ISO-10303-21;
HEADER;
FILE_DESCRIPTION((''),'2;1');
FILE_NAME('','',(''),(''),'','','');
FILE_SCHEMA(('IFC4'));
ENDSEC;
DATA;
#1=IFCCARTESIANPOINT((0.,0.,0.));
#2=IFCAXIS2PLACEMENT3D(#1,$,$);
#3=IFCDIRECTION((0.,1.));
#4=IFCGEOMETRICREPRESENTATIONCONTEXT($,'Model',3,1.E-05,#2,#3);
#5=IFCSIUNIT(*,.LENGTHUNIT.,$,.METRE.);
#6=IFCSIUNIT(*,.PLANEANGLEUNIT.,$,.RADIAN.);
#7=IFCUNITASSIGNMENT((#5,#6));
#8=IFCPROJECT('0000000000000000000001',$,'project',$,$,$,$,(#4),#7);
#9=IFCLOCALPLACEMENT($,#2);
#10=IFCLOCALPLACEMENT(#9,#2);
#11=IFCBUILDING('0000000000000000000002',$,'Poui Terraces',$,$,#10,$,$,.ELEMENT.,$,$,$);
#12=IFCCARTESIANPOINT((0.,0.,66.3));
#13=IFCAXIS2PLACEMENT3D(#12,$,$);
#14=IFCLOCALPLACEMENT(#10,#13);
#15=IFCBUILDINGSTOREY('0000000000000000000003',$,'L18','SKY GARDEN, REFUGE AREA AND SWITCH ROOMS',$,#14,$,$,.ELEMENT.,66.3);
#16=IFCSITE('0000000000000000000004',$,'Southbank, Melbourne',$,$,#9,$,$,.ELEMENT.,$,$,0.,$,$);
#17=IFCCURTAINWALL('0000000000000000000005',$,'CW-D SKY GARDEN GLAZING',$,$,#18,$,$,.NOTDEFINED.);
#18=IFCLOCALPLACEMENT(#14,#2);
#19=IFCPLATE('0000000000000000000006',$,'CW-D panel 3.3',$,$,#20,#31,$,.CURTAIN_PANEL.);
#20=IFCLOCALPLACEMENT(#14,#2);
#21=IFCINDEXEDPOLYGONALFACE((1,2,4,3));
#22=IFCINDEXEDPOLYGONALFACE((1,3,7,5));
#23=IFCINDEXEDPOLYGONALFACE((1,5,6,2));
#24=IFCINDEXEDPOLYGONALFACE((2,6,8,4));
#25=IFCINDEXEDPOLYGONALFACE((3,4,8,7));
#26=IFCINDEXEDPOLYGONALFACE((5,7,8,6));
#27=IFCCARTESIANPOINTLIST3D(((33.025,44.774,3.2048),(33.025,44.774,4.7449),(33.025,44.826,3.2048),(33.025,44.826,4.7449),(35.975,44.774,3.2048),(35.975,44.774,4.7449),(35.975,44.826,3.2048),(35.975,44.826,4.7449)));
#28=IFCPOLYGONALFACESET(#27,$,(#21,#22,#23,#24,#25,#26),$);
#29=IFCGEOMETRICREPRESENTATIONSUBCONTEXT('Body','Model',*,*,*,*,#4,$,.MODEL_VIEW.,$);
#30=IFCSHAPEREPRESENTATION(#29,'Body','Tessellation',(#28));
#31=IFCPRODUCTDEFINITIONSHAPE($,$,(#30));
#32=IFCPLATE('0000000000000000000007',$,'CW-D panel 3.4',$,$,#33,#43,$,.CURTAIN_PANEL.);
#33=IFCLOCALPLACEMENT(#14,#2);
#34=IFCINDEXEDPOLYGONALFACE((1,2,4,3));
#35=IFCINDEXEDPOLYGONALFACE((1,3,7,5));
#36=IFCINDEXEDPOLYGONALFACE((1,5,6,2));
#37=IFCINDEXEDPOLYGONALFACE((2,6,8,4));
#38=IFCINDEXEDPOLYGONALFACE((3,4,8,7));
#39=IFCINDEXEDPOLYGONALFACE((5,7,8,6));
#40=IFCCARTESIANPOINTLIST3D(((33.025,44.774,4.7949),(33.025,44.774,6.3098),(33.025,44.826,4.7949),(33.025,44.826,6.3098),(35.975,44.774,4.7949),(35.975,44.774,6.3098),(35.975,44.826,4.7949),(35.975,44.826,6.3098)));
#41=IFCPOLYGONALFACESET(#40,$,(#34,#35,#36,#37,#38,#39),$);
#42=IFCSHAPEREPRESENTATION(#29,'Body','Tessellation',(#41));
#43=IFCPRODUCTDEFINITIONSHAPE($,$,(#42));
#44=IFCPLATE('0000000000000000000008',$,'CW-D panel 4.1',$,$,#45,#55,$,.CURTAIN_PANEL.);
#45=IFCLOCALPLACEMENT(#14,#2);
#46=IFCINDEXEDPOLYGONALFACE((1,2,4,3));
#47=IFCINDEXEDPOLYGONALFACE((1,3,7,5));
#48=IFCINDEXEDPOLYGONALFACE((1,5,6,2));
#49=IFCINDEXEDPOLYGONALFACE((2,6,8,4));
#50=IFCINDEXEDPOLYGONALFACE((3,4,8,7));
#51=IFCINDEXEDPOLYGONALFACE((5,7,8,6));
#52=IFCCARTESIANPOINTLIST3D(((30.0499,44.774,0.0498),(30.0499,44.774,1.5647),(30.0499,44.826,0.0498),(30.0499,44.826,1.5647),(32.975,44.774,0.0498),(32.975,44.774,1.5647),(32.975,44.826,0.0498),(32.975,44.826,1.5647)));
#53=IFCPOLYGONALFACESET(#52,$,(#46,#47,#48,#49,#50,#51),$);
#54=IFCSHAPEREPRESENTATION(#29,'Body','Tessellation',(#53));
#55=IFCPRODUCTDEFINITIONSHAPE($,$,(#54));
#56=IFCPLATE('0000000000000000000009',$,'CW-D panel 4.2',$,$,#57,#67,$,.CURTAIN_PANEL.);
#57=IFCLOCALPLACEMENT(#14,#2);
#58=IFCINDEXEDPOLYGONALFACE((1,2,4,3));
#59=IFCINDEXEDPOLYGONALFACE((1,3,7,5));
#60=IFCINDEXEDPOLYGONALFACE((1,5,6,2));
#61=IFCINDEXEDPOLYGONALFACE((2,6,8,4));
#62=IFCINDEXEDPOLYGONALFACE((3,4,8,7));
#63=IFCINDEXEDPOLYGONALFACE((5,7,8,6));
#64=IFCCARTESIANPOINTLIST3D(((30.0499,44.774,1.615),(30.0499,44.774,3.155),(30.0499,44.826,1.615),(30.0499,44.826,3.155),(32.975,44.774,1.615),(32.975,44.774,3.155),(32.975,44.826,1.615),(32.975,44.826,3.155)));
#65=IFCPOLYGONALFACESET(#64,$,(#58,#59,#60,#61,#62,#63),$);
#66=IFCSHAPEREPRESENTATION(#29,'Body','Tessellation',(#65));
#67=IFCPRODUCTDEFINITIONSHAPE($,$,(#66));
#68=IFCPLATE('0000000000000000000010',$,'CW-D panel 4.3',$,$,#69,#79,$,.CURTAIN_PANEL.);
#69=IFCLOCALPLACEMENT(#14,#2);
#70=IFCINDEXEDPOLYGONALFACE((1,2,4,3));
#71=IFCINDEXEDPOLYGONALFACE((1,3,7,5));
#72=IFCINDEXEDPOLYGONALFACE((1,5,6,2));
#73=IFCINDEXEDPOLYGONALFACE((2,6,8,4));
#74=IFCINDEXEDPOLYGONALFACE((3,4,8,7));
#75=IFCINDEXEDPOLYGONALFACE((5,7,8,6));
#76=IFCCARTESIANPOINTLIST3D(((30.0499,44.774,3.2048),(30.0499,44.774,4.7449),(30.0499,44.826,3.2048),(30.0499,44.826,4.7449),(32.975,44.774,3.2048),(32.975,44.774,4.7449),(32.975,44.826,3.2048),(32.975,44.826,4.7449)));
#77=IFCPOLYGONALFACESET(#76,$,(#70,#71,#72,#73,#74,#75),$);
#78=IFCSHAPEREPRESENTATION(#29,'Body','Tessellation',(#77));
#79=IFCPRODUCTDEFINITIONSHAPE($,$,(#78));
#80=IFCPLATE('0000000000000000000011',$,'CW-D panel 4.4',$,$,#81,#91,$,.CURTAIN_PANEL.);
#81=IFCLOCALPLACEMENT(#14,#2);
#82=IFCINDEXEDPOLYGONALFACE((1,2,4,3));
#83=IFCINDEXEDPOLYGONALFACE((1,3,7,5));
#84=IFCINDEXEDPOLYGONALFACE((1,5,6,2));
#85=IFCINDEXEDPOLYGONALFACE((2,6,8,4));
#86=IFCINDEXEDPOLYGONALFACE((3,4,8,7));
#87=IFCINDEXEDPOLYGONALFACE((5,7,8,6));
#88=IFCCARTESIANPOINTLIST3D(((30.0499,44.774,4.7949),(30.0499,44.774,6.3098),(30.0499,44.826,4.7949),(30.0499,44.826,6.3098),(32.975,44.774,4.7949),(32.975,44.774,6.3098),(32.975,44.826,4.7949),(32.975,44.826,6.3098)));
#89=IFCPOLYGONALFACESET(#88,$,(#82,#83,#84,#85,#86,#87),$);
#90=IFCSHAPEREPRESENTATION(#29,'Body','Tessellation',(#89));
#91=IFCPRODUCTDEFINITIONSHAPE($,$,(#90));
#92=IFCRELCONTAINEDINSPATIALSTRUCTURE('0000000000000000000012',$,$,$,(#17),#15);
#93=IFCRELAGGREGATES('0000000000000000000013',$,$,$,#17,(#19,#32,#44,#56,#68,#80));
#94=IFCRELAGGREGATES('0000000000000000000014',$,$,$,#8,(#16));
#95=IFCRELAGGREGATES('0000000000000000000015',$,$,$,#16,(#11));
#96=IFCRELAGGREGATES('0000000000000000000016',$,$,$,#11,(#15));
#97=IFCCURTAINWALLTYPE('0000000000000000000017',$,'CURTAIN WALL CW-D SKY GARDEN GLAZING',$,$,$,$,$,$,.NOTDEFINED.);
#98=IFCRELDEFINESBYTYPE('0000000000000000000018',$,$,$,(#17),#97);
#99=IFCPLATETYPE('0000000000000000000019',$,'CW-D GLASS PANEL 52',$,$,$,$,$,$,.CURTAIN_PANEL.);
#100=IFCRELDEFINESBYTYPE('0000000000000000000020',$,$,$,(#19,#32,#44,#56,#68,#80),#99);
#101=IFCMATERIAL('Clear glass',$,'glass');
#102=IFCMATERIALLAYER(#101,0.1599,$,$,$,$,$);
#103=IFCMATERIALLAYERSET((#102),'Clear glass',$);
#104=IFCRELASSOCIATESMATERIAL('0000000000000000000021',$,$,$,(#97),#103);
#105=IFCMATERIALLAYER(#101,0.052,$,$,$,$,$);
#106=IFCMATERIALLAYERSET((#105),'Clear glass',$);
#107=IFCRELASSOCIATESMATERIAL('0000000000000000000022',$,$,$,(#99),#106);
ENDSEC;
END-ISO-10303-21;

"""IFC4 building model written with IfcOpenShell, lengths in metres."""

from ifc_helpers import new_model, si_unit, direction, frame, origin, origin_2d, place, context, subcontext, project, spatial, rectangle, extrude, material, layer, layer_set, type_object, element, aggregate, save


model = new_model("IFC4")

# Units and contexts
model_context = context("Model", 3, precision=1e-05, world=origin(), true_north=direction((0.0, 1.0)))
body_context = subcontext(model_context, "Body", "Model", "MODEL_VIEW")
ifc_project = project(units=[si_unit("LENGTHUNIT", "METRE"), si_unit("PLANEANGLEUNIT", "RADIAN")], contexts=[model_context])

# Site, building, storey
site_placement = place(None, origin())
site = spatial("IfcSite", under=ifc_project, at=site_placement, Name="Southbank, Melbourne", CompositionType="ELEMENT", RefElevation=0.0)
building_placement = place(site_placement, origin())
building = spatial("IfcBuilding", under=site, at=building_placement, Name="Poui Terraces", CompositionType="ELEMENT")
storey_placement = place(building_placement, frame((0.0, 0.0, 66.3)))
storey = spatial("IfcBuildingStorey", under=building, at=storey_placement, Name="L18", Description="SKY GARDEN, REFUGE AREA AND SWITCH ROOMS", CompositionType="ELEMENT", Elevation=66.3)

# Shared definitions
ifc_material_1 = material(Name="Clear glass", Category="glass")
ifc_layer_1 = layer(ifc_material_1, 0.1599)
ifc_layer_set_1 = layer_set([ifc_layer_1], Name="Clear glass")
curtain_wall_type = type_object("IfcCurtainWallType", Name="CURTAIN WALL CW-D SKY GARDEN GLAZING", PredefinedType="NOTDEFINED", material=ifc_layer_set_1)

# Curtain wall
curtain_wall_1_placement = place(storey_placement, origin())
curtain_wall_1 = element("IfcCurtainWall", 1, at=curtain_wall_1_placement, inside=storey, type_object=curtain_wall_type, Name="CW-D SKY GARDEN GLAZING", PredefinedType="NOTDEFINED")

# Plates
ifc_layer_2 = layer(ifc_material_1, 0.052)
ifc_layer_set_2 = layer_set([ifc_layer_2], Name="Clear glass")
plate_type = type_object("IfcPlateType", Name="CW-D GLASS PANEL 52", PredefinedType="CURTAIN_PANEL", material=ifc_layer_set_2)
plate_1_placement = place(storey_placement, frame((34.5, 44.8, 3.2048), z_axis=(0.0, 0.0, 1.0), x_axis=(-1.0, 0.0, 0.0)))
plate_1 = element("IfcPlate", 2, at=plate_1_placement, type_object=plate_type, Name="CW-D panel 3.3", PredefinedType="CURTAIN_PANEL", context=body_context, shape_type="SweptSolid", body=[
    extrude(rectangle(XDim=2.95, YDim=0.052, at=origin_2d()), origin(), (0.0, 0.0, 1.0), 1.54),
])
plate_2_placement = place(storey_placement, frame((34.5, 44.8, 4.7949), z_axis=(0.0, 0.0, 1.0), x_axis=(-1.0, 0.0, 0.0)))
plate_2 = element("IfcPlate", 3, at=plate_2_placement, type_object=plate_type, Name="CW-D panel 3.4", PredefinedType="CURTAIN_PANEL", context=body_context, shape_type="SweptSolid", body=[
    extrude(rectangle(XDim=2.95, YDim=0.052, at=origin_2d()), origin(), (0.0, 0.0, 1.0), 1.5149),
])
plate_3_placement = place(storey_placement, frame((31.5125, 44.8, 0.0498), z_axis=(0.0, 0.0, 1.0), x_axis=(-1.0, 0.0, 0.0)))
plate_3 = element("IfcPlate", 4, at=plate_3_placement, type_object=plate_type, Name="CW-D panel 4.1", PredefinedType="CURTAIN_PANEL", context=body_context, shape_type="SweptSolid", body=[
    extrude(rectangle(XDim=2.925, YDim=0.052, at=origin_2d()), origin(), (0.0, 0.0, 1.0), 1.5149),
])
plate_4_placement = place(storey_placement, frame((31.5125, 44.8, 1.615), z_axis=(0.0, 0.0, 1.0), x_axis=(-1.0, 0.0, 0.0)))
plate_4 = element("IfcPlate", 5, at=plate_4_placement, type_object=plate_type, Name="CW-D panel 4.2", PredefinedType="CURTAIN_PANEL", context=body_context, shape_type="SweptSolid", body=[
    extrude(rectangle(XDim=2.925, YDim=0.052, at=origin_2d()), origin(), (0.0, 0.0, 1.0), 1.54),
])
plate_5_placement = place(storey_placement, frame((31.5125, 44.8, 3.2048), z_axis=(0.0, 0.0, 1.0), x_axis=(-1.0, 0.0, 0.0)))
plate_5 = element("IfcPlate", 6, at=plate_5_placement, type_object=plate_type, Name="CW-D panel 4.3", PredefinedType="CURTAIN_PANEL", context=body_context, shape_type="SweptSolid", body=[
    extrude(rectangle(XDim=2.925, YDim=0.052, at=origin_2d()), origin(), (0.0, 0.0, 1.0), 1.54),
])
plate_6_placement = place(storey_placement, frame((31.5125, 44.8, 4.7949), z_axis=(0.0, 0.0, 1.0), x_axis=(-1.0, 0.0, 0.0)))
plate_6 = element("IfcPlate", 7, at=plate_6_placement, type_object=plate_type, Name="CW-D panel 4.4", PredefinedType="CURTAIN_PANEL", context=body_context, shape_type="SweptSolid", body=[
    extrude(rectangle(XDim=2.925, YDim=0.052, at=origin_2d()), origin(), (0.0, 0.0, 1.0), 1.5149),
])
aggregate(curtain_wall_1, [plate_1, plate_2, plate_3, plate_4, plate_5, plate_6])

save(model, "model.ifc")
